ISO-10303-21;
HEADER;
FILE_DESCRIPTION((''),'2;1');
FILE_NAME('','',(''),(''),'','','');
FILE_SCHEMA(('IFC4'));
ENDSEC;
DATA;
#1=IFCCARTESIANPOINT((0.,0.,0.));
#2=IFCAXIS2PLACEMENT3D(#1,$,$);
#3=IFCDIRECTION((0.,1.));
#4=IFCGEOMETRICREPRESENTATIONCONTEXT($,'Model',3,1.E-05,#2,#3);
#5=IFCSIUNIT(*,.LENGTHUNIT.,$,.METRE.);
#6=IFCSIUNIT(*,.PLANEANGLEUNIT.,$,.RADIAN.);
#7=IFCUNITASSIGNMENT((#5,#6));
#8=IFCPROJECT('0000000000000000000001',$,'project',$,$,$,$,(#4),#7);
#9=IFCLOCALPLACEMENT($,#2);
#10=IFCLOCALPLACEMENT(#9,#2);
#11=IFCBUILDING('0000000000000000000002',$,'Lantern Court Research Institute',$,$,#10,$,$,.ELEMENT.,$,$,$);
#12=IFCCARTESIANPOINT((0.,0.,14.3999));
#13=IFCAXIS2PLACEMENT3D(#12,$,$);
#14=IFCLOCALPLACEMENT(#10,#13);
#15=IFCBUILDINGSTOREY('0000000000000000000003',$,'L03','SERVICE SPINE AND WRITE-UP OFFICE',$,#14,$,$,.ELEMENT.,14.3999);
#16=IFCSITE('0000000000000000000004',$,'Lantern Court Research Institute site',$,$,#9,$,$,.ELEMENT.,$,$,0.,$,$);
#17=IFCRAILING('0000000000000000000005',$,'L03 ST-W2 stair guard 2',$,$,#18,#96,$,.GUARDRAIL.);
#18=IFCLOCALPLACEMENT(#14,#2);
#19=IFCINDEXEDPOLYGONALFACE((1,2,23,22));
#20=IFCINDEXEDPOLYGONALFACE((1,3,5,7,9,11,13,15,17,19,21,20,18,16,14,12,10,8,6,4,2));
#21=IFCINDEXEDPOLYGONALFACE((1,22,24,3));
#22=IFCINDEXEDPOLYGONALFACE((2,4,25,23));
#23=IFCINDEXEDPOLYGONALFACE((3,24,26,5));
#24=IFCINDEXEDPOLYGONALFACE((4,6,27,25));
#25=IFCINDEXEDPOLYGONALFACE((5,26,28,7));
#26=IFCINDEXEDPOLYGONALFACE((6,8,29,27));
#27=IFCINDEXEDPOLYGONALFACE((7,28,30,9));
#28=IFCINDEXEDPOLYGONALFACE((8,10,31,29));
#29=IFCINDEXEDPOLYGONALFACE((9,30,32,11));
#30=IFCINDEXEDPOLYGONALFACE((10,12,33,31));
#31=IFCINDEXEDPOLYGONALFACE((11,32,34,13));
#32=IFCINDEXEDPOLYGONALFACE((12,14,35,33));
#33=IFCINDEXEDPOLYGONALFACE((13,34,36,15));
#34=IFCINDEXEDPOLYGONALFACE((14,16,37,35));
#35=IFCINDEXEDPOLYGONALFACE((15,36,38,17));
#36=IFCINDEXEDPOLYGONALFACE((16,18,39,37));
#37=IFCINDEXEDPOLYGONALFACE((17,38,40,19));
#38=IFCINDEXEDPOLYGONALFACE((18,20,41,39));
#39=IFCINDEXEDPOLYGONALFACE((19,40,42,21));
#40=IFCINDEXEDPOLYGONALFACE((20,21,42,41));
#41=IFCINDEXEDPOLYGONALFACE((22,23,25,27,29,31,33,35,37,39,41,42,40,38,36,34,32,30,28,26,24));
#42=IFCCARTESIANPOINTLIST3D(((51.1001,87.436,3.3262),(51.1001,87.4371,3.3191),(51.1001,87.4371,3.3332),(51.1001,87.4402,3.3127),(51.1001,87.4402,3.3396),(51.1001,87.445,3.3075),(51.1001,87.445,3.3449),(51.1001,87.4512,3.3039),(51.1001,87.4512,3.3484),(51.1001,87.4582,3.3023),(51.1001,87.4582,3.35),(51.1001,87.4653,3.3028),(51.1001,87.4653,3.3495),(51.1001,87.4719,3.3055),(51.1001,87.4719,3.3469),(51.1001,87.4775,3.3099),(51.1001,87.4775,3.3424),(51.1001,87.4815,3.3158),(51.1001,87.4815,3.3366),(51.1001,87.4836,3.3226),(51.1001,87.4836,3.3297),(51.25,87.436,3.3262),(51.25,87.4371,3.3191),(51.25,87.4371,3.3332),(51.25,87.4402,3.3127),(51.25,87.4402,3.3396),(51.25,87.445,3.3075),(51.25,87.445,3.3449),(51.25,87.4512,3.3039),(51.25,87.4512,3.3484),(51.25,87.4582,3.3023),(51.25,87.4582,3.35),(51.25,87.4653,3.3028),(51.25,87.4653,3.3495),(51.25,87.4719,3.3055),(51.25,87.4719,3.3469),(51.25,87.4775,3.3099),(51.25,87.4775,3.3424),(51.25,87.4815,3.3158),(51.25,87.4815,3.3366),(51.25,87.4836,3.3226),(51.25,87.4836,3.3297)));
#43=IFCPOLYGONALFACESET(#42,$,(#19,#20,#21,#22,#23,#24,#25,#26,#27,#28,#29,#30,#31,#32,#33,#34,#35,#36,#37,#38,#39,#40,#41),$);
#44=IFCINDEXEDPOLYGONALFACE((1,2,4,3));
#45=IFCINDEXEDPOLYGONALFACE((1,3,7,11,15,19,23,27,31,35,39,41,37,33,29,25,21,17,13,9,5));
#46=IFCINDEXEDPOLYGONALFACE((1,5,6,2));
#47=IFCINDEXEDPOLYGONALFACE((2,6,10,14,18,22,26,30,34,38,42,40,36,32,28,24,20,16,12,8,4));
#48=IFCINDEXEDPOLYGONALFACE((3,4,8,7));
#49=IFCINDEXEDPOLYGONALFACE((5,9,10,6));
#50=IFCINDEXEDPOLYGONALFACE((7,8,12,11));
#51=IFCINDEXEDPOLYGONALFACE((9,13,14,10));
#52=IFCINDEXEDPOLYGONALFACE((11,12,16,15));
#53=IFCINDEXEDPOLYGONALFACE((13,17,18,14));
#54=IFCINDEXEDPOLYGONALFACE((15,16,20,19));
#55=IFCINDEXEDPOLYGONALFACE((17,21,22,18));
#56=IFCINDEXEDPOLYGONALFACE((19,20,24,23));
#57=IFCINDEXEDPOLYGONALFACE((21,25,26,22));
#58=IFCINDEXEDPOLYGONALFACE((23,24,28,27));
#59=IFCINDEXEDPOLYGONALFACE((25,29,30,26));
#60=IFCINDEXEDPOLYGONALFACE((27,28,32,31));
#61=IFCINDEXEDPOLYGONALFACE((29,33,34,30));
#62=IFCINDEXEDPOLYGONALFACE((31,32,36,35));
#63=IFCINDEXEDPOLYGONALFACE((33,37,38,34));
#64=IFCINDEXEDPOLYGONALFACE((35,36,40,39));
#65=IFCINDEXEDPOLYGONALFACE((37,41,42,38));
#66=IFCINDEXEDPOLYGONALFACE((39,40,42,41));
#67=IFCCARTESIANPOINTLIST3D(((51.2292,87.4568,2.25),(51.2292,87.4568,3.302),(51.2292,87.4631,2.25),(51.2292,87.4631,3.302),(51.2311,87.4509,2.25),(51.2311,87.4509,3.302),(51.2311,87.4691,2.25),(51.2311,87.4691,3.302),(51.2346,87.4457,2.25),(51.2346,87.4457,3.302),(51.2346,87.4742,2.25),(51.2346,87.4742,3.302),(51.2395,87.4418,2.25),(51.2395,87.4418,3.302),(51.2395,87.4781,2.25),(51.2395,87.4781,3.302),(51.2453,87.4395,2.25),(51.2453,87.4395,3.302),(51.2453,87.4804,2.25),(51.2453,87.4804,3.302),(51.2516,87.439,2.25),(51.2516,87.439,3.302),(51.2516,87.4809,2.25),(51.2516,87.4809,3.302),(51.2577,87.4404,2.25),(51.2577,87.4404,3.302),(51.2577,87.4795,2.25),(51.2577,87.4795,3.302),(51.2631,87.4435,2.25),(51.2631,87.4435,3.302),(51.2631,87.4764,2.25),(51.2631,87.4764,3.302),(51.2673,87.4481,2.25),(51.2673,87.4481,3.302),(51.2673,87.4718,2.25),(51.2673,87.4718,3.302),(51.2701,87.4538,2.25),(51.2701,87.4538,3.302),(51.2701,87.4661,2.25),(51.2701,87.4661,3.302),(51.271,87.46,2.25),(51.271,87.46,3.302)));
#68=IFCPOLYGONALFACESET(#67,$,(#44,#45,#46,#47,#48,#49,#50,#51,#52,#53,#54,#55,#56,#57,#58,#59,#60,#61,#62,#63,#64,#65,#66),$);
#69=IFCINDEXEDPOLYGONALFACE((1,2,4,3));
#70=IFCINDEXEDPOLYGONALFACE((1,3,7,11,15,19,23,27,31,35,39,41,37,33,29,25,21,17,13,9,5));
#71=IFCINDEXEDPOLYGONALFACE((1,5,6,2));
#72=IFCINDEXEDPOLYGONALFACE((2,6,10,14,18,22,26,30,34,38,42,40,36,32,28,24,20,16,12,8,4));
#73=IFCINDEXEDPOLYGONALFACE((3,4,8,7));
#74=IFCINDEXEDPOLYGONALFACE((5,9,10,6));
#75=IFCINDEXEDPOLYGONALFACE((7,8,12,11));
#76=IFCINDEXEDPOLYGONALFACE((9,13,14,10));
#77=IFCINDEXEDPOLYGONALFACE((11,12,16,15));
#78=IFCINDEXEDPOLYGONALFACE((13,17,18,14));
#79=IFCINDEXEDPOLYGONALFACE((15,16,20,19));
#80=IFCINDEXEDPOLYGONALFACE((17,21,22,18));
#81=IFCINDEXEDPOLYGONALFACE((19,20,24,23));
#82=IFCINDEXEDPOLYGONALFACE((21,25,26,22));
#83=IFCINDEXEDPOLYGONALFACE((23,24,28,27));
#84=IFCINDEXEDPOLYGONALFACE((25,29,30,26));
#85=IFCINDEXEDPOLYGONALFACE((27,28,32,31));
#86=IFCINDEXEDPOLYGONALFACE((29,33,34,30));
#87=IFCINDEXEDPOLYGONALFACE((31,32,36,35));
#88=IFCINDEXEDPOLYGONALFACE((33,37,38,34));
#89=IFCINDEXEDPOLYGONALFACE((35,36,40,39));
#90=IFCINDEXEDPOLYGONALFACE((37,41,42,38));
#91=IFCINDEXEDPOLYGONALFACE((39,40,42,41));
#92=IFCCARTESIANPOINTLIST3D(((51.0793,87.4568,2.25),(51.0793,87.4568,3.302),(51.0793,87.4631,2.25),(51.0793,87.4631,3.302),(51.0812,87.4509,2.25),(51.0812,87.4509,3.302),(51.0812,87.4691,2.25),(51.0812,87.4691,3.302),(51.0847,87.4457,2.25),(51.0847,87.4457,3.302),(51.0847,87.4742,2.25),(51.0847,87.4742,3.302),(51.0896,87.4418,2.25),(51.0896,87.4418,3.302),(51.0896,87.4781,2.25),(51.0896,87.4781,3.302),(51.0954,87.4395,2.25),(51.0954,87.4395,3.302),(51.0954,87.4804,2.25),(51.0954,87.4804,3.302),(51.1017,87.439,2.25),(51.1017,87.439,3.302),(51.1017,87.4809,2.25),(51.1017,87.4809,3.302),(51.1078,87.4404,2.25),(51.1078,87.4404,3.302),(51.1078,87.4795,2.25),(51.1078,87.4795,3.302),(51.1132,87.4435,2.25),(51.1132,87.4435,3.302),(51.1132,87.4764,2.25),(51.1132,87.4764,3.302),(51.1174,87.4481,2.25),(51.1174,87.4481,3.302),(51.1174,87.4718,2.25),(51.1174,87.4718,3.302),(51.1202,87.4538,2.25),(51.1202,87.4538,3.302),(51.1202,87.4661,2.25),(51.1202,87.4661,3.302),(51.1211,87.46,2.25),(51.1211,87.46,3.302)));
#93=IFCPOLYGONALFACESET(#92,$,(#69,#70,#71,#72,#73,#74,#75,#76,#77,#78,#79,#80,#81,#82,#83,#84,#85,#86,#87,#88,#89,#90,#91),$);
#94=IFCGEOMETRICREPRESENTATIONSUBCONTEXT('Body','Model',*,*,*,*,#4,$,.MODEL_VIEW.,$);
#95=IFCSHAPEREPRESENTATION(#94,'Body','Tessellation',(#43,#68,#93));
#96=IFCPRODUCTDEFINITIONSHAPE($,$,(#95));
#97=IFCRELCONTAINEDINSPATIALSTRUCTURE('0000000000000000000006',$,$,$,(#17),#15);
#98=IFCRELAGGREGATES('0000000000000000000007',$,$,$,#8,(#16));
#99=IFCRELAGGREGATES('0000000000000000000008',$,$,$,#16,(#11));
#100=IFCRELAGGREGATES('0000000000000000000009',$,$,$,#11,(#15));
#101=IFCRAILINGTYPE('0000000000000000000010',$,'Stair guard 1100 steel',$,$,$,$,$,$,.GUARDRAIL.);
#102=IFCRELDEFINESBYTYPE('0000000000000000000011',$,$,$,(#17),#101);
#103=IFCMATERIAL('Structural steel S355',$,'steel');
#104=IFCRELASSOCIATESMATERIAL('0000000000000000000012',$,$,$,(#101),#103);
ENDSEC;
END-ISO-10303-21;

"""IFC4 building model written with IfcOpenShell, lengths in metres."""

from ifc_helpers import new_model, si_unit, direction, frame, origin, origin_2d, place, context, subcontext, project, spatial, circle, extrude, material, type_object, element, save


model = new_model("IFC4")

# Units and contexts
model_context = context("Model", 3, precision=1e-05, world=origin(), true_north=direction((0.0, 1.0)))
body_context = subcontext(model_context, "Body", "Model", "MODEL_VIEW")
ifc_project = project(units=[si_unit("LENGTHUNIT", "METRE"), si_unit("PLANEANGLEUNIT", "RADIAN")], contexts=[model_context])

# Site, building, storey
site_placement = place(None, origin())
site = spatial("IfcSite", under=ifc_project, at=site_placement, Name="Lantern Court Research Institute site", CompositionType="ELEMENT", RefElevation=0.0)
building_placement = place(site_placement, origin())
building = spatial("IfcBuilding", under=site, at=building_placement, Name="Lantern Court Research Institute", CompositionType="ELEMENT")
storey_placement = place(building_placement, frame((0.0, 0.0, 14.3999)))
storey = spatial("IfcBuildingStorey", under=building, at=storey_placement, Name="L03", Description="SERVICE SPINE AND WRITE-UP OFFICE", CompositionType="ELEMENT", Elevation=14.3999)

# Railing
ifc_material_1 = material(Name="Structural steel S355", Category="steel")
railing_type_1 = type_object("IfcRailingType", Name="Stair guard 1100 steel", PredefinedType="GUARDRAIL", material=ifc_material_1)
railing_1_placement = place(storey_placement, frame((51.25, 87.46, 2.25)))
element("IfcRailing", 1, at=railing_1_placement, inside=storey, type_object=railing_type_1, Name="L03 ST-W2 stair guard 2", PredefinedType="GUARDRAIL", context=body_context, shape_type="SweptSolid", body=[
    extrude(circle(Radius=0.0239, at=origin_2d()), frame((0.0, 0.0, 1.0762), z_axis=(-1.0, 0.0, 0.0), x_axis=(0.0, -1.0, 0.0)), (0.0, 0.0, 1.0), 0.1499),
    extrude(circle(Radius=0.021, at=origin_2d()), origin(), (0.0, 0.0, 1.0), 1.052),
    extrude(circle(Radius=0.021, at=origin_2d()), frame((-0.1499, 0.0, 0.0)), (0.0, 0.0, 1.0), 1.052),
])

save(model, "model.ifc")
